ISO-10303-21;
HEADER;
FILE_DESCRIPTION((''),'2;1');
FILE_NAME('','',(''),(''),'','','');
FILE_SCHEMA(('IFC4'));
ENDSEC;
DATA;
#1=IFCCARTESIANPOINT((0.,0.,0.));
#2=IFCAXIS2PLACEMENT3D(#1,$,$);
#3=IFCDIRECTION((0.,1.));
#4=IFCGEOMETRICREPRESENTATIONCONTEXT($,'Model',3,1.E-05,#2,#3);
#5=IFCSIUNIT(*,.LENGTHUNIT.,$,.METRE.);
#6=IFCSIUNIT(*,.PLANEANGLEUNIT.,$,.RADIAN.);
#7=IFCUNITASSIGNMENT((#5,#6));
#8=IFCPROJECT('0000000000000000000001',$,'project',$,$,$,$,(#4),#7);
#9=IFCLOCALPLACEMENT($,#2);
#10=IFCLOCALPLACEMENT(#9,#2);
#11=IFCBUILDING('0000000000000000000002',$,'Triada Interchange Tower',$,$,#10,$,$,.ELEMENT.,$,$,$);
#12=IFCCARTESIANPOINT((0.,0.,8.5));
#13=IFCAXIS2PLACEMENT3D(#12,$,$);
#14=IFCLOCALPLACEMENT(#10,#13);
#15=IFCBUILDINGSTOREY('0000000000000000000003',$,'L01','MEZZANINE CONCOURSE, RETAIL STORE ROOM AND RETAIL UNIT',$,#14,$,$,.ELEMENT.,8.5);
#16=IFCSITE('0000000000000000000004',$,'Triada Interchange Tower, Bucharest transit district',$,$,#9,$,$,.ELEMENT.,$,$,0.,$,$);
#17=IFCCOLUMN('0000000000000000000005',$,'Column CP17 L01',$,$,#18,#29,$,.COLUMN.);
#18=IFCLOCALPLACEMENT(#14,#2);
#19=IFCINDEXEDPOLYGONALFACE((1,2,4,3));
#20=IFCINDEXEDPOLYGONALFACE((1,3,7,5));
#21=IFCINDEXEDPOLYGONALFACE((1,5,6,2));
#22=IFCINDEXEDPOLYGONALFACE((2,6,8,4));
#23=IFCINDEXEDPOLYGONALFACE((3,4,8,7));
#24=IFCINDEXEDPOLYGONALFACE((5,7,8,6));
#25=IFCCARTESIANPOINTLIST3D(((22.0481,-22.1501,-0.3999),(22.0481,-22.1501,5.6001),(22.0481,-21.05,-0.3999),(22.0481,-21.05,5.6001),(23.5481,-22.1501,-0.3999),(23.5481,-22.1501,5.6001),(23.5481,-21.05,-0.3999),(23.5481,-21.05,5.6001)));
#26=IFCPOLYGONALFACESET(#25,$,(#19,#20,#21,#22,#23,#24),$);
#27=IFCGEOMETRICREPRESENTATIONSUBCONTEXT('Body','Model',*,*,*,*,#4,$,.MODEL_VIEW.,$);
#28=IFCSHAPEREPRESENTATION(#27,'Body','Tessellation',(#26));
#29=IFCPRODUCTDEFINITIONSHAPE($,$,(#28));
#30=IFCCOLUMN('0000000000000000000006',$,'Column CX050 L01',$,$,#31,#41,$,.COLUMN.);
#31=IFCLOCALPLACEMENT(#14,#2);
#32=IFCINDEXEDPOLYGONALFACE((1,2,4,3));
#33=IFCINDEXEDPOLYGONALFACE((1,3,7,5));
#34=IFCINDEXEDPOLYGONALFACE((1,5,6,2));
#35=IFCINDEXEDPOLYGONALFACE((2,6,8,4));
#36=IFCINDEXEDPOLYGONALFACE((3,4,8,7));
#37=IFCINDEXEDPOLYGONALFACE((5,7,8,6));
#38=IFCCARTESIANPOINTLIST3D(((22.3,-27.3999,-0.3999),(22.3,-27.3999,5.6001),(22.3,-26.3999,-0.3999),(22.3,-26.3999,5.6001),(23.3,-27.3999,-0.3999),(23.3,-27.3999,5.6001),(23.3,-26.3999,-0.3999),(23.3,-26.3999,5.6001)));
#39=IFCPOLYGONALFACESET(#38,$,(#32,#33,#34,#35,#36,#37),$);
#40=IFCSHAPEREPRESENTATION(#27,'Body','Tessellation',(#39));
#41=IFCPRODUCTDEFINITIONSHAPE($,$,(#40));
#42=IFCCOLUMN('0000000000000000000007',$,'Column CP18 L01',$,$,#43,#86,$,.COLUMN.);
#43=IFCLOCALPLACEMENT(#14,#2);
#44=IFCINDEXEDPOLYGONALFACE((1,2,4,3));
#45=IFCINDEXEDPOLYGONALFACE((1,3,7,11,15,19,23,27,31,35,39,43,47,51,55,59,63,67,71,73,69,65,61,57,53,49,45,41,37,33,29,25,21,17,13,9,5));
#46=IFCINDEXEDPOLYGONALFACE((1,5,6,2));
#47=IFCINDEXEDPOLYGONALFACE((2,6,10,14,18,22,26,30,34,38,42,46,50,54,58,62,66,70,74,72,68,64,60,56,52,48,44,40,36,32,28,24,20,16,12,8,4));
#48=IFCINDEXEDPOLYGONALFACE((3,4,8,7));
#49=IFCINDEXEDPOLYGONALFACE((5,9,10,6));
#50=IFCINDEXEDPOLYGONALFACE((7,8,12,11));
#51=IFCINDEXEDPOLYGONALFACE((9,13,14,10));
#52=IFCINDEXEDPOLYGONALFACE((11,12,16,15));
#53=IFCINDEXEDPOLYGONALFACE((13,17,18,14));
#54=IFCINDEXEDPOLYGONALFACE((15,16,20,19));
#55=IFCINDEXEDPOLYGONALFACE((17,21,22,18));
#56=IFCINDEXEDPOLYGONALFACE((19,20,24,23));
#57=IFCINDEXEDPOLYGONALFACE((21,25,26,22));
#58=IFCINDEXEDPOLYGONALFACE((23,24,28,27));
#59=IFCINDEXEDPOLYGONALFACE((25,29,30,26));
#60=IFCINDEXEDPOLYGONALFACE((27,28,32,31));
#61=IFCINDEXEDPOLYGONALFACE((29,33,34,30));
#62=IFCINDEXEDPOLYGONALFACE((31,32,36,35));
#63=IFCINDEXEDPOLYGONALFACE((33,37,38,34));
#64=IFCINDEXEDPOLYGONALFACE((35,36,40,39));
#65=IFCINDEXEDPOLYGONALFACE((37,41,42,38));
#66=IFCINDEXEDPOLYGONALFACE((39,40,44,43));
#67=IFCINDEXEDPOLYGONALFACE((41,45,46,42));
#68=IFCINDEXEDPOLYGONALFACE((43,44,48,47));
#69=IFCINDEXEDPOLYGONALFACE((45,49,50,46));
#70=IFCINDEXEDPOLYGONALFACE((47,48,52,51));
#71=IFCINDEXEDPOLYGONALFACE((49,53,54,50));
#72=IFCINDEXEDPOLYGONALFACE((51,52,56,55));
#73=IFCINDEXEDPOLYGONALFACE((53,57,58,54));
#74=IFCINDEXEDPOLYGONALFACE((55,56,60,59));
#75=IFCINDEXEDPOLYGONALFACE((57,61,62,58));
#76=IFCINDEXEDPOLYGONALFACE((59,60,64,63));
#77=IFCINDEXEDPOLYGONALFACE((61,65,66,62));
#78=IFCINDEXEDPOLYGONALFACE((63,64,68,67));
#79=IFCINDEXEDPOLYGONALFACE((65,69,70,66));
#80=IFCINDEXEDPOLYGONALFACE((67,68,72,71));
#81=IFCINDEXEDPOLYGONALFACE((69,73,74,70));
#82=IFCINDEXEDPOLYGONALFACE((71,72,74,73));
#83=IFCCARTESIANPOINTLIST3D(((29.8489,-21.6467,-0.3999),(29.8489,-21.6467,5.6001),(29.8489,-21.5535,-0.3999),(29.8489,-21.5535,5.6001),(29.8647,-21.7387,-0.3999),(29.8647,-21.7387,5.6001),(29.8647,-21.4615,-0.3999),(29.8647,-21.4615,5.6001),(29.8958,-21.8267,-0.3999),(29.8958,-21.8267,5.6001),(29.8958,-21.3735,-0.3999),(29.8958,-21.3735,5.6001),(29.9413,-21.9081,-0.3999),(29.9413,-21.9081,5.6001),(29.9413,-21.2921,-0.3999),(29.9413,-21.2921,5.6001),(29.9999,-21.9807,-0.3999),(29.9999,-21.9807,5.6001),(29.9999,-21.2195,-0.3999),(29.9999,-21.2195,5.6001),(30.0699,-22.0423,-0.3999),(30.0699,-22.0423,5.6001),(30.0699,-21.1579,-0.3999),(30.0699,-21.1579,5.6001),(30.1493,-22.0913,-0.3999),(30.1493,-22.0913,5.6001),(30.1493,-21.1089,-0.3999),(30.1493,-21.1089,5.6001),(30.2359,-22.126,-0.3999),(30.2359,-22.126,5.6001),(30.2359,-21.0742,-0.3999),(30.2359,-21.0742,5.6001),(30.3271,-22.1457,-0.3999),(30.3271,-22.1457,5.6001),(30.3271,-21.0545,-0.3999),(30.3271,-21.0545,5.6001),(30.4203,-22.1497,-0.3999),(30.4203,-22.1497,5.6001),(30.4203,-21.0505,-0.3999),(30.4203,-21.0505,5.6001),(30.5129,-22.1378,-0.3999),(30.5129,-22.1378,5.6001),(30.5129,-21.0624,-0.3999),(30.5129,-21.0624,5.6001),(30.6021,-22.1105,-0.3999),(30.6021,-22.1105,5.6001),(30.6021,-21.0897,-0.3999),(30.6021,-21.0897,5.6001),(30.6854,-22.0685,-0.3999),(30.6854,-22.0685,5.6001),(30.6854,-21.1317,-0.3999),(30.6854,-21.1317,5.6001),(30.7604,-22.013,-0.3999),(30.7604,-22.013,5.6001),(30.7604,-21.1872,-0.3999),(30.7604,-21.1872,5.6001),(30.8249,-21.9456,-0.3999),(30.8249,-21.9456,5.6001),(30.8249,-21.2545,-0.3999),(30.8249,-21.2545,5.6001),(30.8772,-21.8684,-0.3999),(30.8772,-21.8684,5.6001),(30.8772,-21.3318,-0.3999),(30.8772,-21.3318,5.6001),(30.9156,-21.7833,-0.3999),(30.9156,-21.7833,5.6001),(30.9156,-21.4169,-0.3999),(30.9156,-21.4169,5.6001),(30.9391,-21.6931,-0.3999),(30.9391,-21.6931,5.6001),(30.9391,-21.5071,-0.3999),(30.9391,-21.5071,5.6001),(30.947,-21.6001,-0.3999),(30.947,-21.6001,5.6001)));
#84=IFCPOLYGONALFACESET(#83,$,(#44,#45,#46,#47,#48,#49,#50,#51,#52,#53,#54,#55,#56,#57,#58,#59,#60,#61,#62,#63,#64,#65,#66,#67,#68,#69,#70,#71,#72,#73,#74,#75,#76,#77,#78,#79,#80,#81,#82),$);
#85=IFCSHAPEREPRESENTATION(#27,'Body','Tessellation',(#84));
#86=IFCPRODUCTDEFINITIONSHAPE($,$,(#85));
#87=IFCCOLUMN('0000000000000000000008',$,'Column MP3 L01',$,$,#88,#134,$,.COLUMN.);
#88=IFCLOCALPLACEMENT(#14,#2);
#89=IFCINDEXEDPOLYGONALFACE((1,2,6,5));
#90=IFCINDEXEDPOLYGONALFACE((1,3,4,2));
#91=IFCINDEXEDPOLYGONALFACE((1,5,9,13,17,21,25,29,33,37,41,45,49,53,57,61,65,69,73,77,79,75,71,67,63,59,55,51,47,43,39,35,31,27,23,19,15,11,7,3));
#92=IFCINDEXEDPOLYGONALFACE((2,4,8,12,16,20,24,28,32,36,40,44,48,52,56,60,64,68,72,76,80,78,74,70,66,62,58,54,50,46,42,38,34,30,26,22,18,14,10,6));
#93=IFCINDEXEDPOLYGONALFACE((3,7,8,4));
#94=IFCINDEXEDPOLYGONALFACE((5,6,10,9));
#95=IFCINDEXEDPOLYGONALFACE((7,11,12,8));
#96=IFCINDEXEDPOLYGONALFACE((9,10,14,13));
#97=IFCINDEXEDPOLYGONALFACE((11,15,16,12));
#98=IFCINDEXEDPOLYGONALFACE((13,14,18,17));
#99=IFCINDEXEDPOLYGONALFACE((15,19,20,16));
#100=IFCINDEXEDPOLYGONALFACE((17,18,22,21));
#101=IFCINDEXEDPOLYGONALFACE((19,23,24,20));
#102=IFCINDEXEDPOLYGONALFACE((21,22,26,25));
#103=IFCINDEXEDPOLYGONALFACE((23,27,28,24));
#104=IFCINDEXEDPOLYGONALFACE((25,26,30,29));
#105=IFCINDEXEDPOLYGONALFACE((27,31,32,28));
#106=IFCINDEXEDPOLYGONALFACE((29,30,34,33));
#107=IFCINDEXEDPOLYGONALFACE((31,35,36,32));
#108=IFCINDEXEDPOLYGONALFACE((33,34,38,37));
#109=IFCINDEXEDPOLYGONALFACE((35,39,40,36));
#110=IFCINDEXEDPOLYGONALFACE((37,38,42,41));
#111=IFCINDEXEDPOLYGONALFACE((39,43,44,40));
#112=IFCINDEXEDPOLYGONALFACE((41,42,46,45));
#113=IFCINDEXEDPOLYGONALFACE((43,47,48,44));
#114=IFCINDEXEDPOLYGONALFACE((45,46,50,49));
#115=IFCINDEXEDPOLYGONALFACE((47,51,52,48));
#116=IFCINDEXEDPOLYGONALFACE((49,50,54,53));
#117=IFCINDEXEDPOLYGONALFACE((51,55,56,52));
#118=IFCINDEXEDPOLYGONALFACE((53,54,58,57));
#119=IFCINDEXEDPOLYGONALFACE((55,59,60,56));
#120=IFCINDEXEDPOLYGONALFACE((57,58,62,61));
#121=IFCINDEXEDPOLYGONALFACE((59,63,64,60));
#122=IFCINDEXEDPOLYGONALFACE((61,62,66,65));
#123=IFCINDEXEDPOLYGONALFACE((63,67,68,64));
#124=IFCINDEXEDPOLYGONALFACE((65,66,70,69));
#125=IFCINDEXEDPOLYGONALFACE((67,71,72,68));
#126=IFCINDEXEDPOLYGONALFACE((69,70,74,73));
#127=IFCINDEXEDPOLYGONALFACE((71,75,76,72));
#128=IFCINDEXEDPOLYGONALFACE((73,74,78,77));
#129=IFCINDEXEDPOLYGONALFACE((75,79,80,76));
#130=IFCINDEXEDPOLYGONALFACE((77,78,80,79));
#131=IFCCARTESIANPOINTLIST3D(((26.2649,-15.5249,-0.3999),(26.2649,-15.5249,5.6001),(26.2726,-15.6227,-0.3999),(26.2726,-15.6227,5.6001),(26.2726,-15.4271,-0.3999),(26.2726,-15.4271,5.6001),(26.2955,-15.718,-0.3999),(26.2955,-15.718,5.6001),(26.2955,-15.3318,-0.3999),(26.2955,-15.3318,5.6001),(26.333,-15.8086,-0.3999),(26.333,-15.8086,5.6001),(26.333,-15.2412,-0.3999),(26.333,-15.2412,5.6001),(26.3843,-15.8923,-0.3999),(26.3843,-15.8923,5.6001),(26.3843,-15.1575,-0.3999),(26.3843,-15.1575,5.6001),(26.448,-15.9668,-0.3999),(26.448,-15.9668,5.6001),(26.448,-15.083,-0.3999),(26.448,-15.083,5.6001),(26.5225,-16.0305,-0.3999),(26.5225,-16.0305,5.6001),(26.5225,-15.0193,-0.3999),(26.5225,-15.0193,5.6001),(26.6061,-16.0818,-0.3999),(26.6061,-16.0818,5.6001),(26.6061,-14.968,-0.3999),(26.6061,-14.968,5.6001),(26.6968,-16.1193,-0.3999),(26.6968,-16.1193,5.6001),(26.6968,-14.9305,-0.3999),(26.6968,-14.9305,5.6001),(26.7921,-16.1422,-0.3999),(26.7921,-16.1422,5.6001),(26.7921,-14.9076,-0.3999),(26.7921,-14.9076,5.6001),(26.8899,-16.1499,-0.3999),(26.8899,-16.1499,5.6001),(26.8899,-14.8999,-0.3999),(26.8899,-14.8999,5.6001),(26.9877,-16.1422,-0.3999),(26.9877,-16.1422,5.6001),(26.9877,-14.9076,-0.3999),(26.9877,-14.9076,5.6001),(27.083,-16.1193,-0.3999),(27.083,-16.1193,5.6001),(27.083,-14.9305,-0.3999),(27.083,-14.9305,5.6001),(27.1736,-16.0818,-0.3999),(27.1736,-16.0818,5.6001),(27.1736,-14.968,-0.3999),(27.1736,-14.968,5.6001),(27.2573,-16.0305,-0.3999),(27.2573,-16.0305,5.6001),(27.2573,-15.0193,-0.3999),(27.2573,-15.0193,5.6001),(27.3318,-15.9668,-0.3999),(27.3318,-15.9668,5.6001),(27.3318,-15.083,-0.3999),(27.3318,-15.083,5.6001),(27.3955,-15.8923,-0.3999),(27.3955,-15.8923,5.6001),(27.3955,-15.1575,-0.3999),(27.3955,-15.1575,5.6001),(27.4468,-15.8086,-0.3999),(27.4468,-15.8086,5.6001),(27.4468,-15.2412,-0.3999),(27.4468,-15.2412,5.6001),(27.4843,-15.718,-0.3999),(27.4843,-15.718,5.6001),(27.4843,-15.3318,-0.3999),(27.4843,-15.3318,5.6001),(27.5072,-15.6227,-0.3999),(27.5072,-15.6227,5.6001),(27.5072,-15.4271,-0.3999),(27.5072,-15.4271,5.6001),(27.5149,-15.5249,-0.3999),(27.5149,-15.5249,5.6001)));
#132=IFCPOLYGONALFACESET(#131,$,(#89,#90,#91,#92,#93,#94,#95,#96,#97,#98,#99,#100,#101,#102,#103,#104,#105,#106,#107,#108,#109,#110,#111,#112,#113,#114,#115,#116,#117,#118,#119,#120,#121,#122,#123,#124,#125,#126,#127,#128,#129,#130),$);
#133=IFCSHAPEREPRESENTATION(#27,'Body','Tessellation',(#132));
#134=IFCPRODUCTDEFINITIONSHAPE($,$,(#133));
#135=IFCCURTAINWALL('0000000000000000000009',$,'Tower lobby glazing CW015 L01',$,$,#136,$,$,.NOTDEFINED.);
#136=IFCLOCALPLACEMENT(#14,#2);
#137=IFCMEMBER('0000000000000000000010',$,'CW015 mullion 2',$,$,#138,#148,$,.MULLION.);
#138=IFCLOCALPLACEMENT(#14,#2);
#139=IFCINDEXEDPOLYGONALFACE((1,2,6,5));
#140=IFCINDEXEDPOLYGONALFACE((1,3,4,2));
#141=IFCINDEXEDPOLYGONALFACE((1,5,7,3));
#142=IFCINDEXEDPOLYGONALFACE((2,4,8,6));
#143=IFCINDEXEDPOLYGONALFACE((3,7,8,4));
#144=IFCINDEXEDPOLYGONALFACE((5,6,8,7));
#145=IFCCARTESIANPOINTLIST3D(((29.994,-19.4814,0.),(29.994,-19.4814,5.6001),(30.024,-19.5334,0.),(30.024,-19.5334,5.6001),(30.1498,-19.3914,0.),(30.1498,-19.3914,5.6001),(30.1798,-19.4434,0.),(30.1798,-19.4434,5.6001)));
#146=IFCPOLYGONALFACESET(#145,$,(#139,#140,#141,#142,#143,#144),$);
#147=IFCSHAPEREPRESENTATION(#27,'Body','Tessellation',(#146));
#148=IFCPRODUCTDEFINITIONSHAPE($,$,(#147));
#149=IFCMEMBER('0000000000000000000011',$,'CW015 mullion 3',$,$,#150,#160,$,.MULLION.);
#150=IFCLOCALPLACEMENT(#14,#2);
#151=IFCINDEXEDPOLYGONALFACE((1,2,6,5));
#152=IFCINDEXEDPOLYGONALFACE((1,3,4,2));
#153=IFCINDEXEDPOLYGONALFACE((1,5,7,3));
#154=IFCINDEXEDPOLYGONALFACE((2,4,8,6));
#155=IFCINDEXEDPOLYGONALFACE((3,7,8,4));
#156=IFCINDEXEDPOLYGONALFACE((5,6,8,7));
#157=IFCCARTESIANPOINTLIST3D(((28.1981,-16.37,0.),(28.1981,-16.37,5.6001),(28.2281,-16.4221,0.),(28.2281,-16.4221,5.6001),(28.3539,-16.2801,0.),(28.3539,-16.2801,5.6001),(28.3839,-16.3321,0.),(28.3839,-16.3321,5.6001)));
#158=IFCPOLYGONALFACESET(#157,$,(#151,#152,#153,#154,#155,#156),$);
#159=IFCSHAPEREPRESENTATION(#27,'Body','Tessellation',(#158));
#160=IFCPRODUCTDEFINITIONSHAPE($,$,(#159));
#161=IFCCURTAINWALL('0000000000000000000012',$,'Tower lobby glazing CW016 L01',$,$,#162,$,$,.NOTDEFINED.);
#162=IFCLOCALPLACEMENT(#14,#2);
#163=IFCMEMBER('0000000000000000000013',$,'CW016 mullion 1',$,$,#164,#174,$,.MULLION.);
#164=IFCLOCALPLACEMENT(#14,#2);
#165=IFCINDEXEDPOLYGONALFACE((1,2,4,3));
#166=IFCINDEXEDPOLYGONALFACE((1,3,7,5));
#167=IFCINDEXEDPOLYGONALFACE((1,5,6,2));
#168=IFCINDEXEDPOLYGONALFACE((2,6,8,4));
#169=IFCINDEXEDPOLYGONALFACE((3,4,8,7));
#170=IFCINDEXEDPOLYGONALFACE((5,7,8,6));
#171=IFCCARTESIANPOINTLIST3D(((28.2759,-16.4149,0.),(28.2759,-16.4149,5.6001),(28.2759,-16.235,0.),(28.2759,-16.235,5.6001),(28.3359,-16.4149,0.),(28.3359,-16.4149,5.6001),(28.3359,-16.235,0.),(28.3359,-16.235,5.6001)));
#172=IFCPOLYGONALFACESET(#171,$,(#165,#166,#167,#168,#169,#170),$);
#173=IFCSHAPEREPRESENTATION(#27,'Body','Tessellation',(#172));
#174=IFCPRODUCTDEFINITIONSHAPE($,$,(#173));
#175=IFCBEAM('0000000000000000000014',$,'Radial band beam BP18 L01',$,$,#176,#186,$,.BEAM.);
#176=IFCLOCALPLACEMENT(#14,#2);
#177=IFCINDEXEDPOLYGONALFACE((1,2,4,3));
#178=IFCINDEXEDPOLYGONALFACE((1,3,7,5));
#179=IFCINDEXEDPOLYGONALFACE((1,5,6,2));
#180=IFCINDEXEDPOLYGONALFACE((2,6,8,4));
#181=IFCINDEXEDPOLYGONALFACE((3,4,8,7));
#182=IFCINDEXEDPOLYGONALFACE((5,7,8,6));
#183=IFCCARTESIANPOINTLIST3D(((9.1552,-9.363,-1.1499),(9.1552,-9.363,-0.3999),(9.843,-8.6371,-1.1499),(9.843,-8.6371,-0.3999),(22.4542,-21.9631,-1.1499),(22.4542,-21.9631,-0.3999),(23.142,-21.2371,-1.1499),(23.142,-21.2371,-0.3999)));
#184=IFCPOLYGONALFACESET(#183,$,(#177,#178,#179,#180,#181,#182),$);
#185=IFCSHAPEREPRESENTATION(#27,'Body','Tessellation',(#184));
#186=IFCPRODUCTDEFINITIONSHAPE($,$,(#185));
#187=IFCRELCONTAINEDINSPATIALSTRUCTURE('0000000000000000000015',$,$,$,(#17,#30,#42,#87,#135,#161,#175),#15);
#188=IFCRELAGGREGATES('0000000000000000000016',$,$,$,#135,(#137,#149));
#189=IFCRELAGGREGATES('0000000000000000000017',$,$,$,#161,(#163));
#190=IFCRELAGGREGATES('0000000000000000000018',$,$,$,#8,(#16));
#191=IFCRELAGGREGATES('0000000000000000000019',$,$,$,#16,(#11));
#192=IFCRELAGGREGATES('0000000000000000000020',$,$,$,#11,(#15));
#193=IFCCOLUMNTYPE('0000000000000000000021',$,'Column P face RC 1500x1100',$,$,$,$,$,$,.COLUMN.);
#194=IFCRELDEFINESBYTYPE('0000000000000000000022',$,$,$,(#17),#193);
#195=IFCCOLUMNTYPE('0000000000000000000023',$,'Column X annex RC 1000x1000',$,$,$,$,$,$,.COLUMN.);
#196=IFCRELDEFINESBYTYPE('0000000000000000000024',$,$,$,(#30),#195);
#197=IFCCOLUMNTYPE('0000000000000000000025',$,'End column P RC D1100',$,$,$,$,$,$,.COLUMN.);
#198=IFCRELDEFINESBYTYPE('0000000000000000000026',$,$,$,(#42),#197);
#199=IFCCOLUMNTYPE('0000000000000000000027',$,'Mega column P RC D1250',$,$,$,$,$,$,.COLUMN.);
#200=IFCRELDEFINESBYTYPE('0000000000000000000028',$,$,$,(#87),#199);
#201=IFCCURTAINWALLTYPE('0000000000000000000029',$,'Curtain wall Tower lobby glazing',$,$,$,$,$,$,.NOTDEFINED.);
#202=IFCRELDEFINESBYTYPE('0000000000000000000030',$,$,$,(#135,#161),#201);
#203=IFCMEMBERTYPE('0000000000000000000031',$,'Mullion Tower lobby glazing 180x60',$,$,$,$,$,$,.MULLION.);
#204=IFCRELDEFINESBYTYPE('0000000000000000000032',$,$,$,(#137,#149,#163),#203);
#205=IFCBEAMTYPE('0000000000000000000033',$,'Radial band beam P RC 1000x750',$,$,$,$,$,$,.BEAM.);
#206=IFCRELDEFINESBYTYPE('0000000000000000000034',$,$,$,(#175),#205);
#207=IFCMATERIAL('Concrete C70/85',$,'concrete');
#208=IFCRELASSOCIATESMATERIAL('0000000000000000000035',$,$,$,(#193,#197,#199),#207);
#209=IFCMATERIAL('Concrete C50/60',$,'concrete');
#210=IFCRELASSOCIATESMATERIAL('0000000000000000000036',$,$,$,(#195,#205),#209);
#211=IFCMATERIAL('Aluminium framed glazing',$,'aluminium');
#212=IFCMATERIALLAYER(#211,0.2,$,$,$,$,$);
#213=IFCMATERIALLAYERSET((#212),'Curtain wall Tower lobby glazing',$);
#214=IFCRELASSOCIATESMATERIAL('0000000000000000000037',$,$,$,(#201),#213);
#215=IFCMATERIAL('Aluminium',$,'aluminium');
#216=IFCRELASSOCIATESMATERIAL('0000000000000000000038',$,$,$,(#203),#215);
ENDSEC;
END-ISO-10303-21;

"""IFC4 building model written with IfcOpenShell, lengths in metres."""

from ifc_helpers import new_model, si_unit, direction, frame, origin, origin_2d, place, context, subcontext, project, spatial, rectangle, circle, extrude, material, layer, layer_set, material_profile, profile_set, type_object, element, aggregate, save


model = new_model("IFC4")

# Units and contexts
model_context = context("Model", 3, precision=1e-05, world=origin(), true_north=direction((0.0, 1.0)))
body_context = subcontext(model_context, "Body", "Model", "MODEL_VIEW")
ifc_project = project(units=[si_unit("LENGTHUNIT", "METRE"), si_unit("PLANEANGLEUNIT", "RADIAN")], contexts=[model_context])

# Site, building, storey
site_placement = place(None, origin())
site = spatial("IfcSite", under=ifc_project, at=site_placement, Name="Triada Interchange Tower, Bucharest transit district", CompositionType="ELEMENT", RefElevation=0.0)
building_placement = place(site_placement, origin())
building = spatial("IfcBuilding", under=site, at=building_placement, Name="Triada Interchange Tower", CompositionType="ELEMENT")
storey_placement = place(building_placement, frame((0.0, 0.0, 8.5)))
storey = spatial("IfcBuildingStorey", under=building, at=storey_placement, Name="L01", Description="MEZZANINE CONCOURSE, RETAIL STORE ROOM AND RETAIL UNIT", CompositionType="ELEMENT", Elevation=8.5)

# Columns
ifc_material_1 = material(Name="Concrete C70/85", Category="concrete")
ifc_material_profile_1 = material_profile(ifc_material_1, rectangle(XDim=1.5, YDim=1.1001, at=origin_2d()), Name="RC 1500x1100")
ifc_profile_set_1 = profile_set([ifc_material_profile_1], Name="Concrete C70/85")
column_type_1 = type_object("IfcColumnType", Name="Column P face RC 1500x1100", PredefinedType="COLUMN", material=ifc_profile_set_1)
column_1_placement = place(storey_placement, frame((22.7981, -21.6001, -0.3999), z_axis=(0.0, 0.0, 1.0), x_axis=(1.0, 0.0, 0.0)))
element("IfcColumn", 1, at=column_1_placement, inside=storey, type_object=column_type_1, Name="Column CP17 L01", PredefinedType="COLUMN", context=body_context, shape_type="SweptSolid", body=[
    extrude(rectangle(XDim=1.5, YDim=1.1001, at=origin_2d()), origin(), (0.0, 0.0, 1.0), 6.0),
])
ifc_material_2 = material(Name="Concrete C50/60", Category="concrete")
ifc_material_profile_2 = material_profile(ifc_material_2, rectangle(XDim=1.0, YDim=1.0, at=origin_2d()), Name="RC 1000x1000")
ifc_profile_set_2 = profile_set([ifc_material_profile_2], Name="Concrete C50/60")
column_type_2 = type_object("IfcColumnType", Name="Column X annex RC 1000x1000", PredefinedType="COLUMN", material=ifc_profile_set_2)
column_2_placement = place(storey_placement, frame((22.8, -26.8999, -0.3999), z_axis=(0.0, 0.0, 1.0), x_axis=(1.0, 0.0, 0.0)))
element("IfcColumn", 2, at=column_2_placement, inside=storey, type_object=column_type_2, Name="Column CX050 L01", PredefinedType="COLUMN", context=body_context, shape_type="SweptSolid", body=[
    extrude(rectangle(XDim=1.0, YDim=1.0, at=origin_2d()), origin(), (0.0, 0.0, 1.0), 6.0),
])
ifc_material_profile_3 = material_profile(ifc_material_1, circle(Radius=0.55, at=origin_2d()), Name="RC D1100")
ifc_profile_set_3 = profile_set([ifc_material_profile_3], Name="Concrete C70/85")
column_type_3 = type_object("IfcColumnType", Name="End column P RC D1100", PredefinedType="COLUMN", material=ifc_profile_set_3)
column_3_placement = place(storey_placement, frame((30.397, -21.6001, -0.3999), z_axis=(0.0, 0.0, 1.0), x_axis=(1.0, 0.0, 0.0)))
element("IfcColumn", 3, at=column_3_placement, inside=storey, type_object=column_type_3, Name="Column CP18 L01", PredefinedType="COLUMN", context=body_context, shape_type="SweptSolid", body=[
    extrude(circle(Radius=0.55, at=origin_2d()), origin(), (0.0, 0.0, 1.0), 6.0),
])
ifc_material_profile_4 = material_profile(ifc_material_1, circle(Radius=0.625, at=origin_2d()), Name="RC D1250")
ifc_profile_set_4 = profile_set([ifc_material_profile_4], Name="Concrete C70/85")
column_type_4 = type_object("IfcColumnType", Name="Mega column P RC D1250", PredefinedType="COLUMN", material=ifc_profile_set_4)
column_4_placement = place(storey_placement, frame((26.8899, -15.5249, -0.3999), z_axis=(0.0, 0.0, 1.0), x_axis=(1.0, 0.0, 0.0)))
element("IfcColumn", 4, at=column_4_placement, inside=storey, type_object=column_type_4, Name="Column MP3 L01", PredefinedType="COLUMN", context=body_context, shape_type="SweptSolid", body=[
    extrude(circle(Radius=0.625, at=origin_2d()), origin(), (0.0, 0.0, 1.0), 6.0),
])

# Curtain wall, members
ifc_material_3 = material(Name="Aluminium framed glazing", Category="aluminium")
ifc_layer_1 = layer(ifc_material_3, 0.2)
ifc_layer_set_1 = layer_set([ifc_layer_1], Name="Curtain wall Tower lobby glazing")
curtain_wall_type = type_object("IfcCurtainWallType", Name="Curtain wall Tower lobby glazing", PredefinedType="NOTDEFINED", material=ifc_layer_set_1)
curtain_wall_1_placement = place(storey_placement, origin())
curtain_wall_1 = element("IfcCurtainWall", 5, at=curtain_wall_1_placement, inside=storey, type_object=curtain_wall_type, Name="Tower lobby glazing CW015 L01", PredefinedType="NOTDEFINED")
ifc_material_4 = material(Name="Aluminium", Category="aluminium")
ifc_material_profile_5 = material_profile(ifc_material_4, rectangle(XDim=0.1799, YDim=0.0601, at=origin_2d()), Name="Aluminium mullion")
ifc_profile_set_5 = profile_set([ifc_material_profile_5], Name="Aluminium")
member_type_1 = type_object("IfcMemberType", Name="Mullion Tower lobby glazing 180x60", PredefinedType="MULLION", material=ifc_profile_set_5)
member_1_placement = place(storey_placement, frame((30.0869, -19.4624, 0.0), z_axis=(0.0, 0.0, 1.0), x_axis=(-0.866078, -0.49991, 0.0)))
member_1 = element("IfcMember", 6, at=member_1_placement, type_object=member_type_1, Name="CW015 mullion 2", PredefinedType="MULLION", context=body_context, shape_type="SweptSolid", body=[
    extrude(rectangle(XDim=0.1799, YDim=0.0601, at=origin_2d()), origin(), (0.0, 0.0, 1.0), 5.6001),
])
member_2_placement = place(storey_placement, frame((28.291, -16.3511, 0.0), z_axis=(0.0, 0.0, 1.0), x_axis=(-0.866078, -0.49991, 0.0)))
member_2 = element("IfcMember", 7, at=member_2_placement, type_object=member_type_1, Name="CW015 mullion 3", PredefinedType="MULLION", context=body_context, shape_type="SweptSolid", body=[
    extrude(rectangle(XDim=0.1799, YDim=0.0601, at=origin_2d()), origin(), (0.0, 0.0, 1.0), 5.6001),
])

# Curtain wall, member
curtain_wall_2_placement = place(storey_placement, origin())
curtain_wall_2 = element("IfcCurtainWall", 8, at=curtain_wall_2_placement, inside=storey, type_object=curtain_wall_type, Name="Tower lobby glazing CW016 L01", PredefinedType="NOTDEFINED")
member_3_placement = place(storey_placement, frame((28.3059, -16.325, 0.0), z_axis=(0.0, 0.0, 1.0), x_axis=(0.0, 1.0, 0.0)))
member_3 = element("IfcMember", 9, at=member_3_placement, type_object=member_type_1, Name="CW016 mullion 1", PredefinedType="MULLION", context=body_context, shape_type="SweptSolid", body=[
    extrude(rectangle(XDim=0.1799, YDim=0.0601, at=origin_2d()), origin(), (0.0, 0.0, 1.0), 5.6001),
])

# Beam
ifc_material_profile_6 = material_profile(ifc_material_2, rectangle(XDim=1.0, YDim=0.75, at=origin_2d()), Name="RC 1000x750")
ifc_profile_set_6 = profile_set([ifc_material_profile_6], Name="Concrete C50/60")
beam_type_1 = type_object("IfcBeamType", Name="Radial band beam P RC 1000x750", PredefinedType="BEAM", material=ifc_profile_set_6)
beam_1_placement = place(storey_placement, frame((22.7981, -21.6001, -0.7749), z_axis=(-0.725926, 0.687773, 0.0), x_axis=(-0.687773, -0.725926, 0.0)))
element("IfcBeam", 10, at=beam_1_placement, inside=storey, type_object=beam_type_1, Name="Radial band beam BP18 L01", PredefinedType="BEAM", context=body_context, shape_type="SweptSolid", body=[
    extrude(rectangle(XDim=1.0, YDim=0.75, at=origin_2d()), origin(), (0.0, 0.0, 1.0), 18.3201),
])

aggregate(curtain_wall_1, [member_1, member_2])
aggregate(curtain_wall_2, [member_3])

save(model, "model.ifc")
